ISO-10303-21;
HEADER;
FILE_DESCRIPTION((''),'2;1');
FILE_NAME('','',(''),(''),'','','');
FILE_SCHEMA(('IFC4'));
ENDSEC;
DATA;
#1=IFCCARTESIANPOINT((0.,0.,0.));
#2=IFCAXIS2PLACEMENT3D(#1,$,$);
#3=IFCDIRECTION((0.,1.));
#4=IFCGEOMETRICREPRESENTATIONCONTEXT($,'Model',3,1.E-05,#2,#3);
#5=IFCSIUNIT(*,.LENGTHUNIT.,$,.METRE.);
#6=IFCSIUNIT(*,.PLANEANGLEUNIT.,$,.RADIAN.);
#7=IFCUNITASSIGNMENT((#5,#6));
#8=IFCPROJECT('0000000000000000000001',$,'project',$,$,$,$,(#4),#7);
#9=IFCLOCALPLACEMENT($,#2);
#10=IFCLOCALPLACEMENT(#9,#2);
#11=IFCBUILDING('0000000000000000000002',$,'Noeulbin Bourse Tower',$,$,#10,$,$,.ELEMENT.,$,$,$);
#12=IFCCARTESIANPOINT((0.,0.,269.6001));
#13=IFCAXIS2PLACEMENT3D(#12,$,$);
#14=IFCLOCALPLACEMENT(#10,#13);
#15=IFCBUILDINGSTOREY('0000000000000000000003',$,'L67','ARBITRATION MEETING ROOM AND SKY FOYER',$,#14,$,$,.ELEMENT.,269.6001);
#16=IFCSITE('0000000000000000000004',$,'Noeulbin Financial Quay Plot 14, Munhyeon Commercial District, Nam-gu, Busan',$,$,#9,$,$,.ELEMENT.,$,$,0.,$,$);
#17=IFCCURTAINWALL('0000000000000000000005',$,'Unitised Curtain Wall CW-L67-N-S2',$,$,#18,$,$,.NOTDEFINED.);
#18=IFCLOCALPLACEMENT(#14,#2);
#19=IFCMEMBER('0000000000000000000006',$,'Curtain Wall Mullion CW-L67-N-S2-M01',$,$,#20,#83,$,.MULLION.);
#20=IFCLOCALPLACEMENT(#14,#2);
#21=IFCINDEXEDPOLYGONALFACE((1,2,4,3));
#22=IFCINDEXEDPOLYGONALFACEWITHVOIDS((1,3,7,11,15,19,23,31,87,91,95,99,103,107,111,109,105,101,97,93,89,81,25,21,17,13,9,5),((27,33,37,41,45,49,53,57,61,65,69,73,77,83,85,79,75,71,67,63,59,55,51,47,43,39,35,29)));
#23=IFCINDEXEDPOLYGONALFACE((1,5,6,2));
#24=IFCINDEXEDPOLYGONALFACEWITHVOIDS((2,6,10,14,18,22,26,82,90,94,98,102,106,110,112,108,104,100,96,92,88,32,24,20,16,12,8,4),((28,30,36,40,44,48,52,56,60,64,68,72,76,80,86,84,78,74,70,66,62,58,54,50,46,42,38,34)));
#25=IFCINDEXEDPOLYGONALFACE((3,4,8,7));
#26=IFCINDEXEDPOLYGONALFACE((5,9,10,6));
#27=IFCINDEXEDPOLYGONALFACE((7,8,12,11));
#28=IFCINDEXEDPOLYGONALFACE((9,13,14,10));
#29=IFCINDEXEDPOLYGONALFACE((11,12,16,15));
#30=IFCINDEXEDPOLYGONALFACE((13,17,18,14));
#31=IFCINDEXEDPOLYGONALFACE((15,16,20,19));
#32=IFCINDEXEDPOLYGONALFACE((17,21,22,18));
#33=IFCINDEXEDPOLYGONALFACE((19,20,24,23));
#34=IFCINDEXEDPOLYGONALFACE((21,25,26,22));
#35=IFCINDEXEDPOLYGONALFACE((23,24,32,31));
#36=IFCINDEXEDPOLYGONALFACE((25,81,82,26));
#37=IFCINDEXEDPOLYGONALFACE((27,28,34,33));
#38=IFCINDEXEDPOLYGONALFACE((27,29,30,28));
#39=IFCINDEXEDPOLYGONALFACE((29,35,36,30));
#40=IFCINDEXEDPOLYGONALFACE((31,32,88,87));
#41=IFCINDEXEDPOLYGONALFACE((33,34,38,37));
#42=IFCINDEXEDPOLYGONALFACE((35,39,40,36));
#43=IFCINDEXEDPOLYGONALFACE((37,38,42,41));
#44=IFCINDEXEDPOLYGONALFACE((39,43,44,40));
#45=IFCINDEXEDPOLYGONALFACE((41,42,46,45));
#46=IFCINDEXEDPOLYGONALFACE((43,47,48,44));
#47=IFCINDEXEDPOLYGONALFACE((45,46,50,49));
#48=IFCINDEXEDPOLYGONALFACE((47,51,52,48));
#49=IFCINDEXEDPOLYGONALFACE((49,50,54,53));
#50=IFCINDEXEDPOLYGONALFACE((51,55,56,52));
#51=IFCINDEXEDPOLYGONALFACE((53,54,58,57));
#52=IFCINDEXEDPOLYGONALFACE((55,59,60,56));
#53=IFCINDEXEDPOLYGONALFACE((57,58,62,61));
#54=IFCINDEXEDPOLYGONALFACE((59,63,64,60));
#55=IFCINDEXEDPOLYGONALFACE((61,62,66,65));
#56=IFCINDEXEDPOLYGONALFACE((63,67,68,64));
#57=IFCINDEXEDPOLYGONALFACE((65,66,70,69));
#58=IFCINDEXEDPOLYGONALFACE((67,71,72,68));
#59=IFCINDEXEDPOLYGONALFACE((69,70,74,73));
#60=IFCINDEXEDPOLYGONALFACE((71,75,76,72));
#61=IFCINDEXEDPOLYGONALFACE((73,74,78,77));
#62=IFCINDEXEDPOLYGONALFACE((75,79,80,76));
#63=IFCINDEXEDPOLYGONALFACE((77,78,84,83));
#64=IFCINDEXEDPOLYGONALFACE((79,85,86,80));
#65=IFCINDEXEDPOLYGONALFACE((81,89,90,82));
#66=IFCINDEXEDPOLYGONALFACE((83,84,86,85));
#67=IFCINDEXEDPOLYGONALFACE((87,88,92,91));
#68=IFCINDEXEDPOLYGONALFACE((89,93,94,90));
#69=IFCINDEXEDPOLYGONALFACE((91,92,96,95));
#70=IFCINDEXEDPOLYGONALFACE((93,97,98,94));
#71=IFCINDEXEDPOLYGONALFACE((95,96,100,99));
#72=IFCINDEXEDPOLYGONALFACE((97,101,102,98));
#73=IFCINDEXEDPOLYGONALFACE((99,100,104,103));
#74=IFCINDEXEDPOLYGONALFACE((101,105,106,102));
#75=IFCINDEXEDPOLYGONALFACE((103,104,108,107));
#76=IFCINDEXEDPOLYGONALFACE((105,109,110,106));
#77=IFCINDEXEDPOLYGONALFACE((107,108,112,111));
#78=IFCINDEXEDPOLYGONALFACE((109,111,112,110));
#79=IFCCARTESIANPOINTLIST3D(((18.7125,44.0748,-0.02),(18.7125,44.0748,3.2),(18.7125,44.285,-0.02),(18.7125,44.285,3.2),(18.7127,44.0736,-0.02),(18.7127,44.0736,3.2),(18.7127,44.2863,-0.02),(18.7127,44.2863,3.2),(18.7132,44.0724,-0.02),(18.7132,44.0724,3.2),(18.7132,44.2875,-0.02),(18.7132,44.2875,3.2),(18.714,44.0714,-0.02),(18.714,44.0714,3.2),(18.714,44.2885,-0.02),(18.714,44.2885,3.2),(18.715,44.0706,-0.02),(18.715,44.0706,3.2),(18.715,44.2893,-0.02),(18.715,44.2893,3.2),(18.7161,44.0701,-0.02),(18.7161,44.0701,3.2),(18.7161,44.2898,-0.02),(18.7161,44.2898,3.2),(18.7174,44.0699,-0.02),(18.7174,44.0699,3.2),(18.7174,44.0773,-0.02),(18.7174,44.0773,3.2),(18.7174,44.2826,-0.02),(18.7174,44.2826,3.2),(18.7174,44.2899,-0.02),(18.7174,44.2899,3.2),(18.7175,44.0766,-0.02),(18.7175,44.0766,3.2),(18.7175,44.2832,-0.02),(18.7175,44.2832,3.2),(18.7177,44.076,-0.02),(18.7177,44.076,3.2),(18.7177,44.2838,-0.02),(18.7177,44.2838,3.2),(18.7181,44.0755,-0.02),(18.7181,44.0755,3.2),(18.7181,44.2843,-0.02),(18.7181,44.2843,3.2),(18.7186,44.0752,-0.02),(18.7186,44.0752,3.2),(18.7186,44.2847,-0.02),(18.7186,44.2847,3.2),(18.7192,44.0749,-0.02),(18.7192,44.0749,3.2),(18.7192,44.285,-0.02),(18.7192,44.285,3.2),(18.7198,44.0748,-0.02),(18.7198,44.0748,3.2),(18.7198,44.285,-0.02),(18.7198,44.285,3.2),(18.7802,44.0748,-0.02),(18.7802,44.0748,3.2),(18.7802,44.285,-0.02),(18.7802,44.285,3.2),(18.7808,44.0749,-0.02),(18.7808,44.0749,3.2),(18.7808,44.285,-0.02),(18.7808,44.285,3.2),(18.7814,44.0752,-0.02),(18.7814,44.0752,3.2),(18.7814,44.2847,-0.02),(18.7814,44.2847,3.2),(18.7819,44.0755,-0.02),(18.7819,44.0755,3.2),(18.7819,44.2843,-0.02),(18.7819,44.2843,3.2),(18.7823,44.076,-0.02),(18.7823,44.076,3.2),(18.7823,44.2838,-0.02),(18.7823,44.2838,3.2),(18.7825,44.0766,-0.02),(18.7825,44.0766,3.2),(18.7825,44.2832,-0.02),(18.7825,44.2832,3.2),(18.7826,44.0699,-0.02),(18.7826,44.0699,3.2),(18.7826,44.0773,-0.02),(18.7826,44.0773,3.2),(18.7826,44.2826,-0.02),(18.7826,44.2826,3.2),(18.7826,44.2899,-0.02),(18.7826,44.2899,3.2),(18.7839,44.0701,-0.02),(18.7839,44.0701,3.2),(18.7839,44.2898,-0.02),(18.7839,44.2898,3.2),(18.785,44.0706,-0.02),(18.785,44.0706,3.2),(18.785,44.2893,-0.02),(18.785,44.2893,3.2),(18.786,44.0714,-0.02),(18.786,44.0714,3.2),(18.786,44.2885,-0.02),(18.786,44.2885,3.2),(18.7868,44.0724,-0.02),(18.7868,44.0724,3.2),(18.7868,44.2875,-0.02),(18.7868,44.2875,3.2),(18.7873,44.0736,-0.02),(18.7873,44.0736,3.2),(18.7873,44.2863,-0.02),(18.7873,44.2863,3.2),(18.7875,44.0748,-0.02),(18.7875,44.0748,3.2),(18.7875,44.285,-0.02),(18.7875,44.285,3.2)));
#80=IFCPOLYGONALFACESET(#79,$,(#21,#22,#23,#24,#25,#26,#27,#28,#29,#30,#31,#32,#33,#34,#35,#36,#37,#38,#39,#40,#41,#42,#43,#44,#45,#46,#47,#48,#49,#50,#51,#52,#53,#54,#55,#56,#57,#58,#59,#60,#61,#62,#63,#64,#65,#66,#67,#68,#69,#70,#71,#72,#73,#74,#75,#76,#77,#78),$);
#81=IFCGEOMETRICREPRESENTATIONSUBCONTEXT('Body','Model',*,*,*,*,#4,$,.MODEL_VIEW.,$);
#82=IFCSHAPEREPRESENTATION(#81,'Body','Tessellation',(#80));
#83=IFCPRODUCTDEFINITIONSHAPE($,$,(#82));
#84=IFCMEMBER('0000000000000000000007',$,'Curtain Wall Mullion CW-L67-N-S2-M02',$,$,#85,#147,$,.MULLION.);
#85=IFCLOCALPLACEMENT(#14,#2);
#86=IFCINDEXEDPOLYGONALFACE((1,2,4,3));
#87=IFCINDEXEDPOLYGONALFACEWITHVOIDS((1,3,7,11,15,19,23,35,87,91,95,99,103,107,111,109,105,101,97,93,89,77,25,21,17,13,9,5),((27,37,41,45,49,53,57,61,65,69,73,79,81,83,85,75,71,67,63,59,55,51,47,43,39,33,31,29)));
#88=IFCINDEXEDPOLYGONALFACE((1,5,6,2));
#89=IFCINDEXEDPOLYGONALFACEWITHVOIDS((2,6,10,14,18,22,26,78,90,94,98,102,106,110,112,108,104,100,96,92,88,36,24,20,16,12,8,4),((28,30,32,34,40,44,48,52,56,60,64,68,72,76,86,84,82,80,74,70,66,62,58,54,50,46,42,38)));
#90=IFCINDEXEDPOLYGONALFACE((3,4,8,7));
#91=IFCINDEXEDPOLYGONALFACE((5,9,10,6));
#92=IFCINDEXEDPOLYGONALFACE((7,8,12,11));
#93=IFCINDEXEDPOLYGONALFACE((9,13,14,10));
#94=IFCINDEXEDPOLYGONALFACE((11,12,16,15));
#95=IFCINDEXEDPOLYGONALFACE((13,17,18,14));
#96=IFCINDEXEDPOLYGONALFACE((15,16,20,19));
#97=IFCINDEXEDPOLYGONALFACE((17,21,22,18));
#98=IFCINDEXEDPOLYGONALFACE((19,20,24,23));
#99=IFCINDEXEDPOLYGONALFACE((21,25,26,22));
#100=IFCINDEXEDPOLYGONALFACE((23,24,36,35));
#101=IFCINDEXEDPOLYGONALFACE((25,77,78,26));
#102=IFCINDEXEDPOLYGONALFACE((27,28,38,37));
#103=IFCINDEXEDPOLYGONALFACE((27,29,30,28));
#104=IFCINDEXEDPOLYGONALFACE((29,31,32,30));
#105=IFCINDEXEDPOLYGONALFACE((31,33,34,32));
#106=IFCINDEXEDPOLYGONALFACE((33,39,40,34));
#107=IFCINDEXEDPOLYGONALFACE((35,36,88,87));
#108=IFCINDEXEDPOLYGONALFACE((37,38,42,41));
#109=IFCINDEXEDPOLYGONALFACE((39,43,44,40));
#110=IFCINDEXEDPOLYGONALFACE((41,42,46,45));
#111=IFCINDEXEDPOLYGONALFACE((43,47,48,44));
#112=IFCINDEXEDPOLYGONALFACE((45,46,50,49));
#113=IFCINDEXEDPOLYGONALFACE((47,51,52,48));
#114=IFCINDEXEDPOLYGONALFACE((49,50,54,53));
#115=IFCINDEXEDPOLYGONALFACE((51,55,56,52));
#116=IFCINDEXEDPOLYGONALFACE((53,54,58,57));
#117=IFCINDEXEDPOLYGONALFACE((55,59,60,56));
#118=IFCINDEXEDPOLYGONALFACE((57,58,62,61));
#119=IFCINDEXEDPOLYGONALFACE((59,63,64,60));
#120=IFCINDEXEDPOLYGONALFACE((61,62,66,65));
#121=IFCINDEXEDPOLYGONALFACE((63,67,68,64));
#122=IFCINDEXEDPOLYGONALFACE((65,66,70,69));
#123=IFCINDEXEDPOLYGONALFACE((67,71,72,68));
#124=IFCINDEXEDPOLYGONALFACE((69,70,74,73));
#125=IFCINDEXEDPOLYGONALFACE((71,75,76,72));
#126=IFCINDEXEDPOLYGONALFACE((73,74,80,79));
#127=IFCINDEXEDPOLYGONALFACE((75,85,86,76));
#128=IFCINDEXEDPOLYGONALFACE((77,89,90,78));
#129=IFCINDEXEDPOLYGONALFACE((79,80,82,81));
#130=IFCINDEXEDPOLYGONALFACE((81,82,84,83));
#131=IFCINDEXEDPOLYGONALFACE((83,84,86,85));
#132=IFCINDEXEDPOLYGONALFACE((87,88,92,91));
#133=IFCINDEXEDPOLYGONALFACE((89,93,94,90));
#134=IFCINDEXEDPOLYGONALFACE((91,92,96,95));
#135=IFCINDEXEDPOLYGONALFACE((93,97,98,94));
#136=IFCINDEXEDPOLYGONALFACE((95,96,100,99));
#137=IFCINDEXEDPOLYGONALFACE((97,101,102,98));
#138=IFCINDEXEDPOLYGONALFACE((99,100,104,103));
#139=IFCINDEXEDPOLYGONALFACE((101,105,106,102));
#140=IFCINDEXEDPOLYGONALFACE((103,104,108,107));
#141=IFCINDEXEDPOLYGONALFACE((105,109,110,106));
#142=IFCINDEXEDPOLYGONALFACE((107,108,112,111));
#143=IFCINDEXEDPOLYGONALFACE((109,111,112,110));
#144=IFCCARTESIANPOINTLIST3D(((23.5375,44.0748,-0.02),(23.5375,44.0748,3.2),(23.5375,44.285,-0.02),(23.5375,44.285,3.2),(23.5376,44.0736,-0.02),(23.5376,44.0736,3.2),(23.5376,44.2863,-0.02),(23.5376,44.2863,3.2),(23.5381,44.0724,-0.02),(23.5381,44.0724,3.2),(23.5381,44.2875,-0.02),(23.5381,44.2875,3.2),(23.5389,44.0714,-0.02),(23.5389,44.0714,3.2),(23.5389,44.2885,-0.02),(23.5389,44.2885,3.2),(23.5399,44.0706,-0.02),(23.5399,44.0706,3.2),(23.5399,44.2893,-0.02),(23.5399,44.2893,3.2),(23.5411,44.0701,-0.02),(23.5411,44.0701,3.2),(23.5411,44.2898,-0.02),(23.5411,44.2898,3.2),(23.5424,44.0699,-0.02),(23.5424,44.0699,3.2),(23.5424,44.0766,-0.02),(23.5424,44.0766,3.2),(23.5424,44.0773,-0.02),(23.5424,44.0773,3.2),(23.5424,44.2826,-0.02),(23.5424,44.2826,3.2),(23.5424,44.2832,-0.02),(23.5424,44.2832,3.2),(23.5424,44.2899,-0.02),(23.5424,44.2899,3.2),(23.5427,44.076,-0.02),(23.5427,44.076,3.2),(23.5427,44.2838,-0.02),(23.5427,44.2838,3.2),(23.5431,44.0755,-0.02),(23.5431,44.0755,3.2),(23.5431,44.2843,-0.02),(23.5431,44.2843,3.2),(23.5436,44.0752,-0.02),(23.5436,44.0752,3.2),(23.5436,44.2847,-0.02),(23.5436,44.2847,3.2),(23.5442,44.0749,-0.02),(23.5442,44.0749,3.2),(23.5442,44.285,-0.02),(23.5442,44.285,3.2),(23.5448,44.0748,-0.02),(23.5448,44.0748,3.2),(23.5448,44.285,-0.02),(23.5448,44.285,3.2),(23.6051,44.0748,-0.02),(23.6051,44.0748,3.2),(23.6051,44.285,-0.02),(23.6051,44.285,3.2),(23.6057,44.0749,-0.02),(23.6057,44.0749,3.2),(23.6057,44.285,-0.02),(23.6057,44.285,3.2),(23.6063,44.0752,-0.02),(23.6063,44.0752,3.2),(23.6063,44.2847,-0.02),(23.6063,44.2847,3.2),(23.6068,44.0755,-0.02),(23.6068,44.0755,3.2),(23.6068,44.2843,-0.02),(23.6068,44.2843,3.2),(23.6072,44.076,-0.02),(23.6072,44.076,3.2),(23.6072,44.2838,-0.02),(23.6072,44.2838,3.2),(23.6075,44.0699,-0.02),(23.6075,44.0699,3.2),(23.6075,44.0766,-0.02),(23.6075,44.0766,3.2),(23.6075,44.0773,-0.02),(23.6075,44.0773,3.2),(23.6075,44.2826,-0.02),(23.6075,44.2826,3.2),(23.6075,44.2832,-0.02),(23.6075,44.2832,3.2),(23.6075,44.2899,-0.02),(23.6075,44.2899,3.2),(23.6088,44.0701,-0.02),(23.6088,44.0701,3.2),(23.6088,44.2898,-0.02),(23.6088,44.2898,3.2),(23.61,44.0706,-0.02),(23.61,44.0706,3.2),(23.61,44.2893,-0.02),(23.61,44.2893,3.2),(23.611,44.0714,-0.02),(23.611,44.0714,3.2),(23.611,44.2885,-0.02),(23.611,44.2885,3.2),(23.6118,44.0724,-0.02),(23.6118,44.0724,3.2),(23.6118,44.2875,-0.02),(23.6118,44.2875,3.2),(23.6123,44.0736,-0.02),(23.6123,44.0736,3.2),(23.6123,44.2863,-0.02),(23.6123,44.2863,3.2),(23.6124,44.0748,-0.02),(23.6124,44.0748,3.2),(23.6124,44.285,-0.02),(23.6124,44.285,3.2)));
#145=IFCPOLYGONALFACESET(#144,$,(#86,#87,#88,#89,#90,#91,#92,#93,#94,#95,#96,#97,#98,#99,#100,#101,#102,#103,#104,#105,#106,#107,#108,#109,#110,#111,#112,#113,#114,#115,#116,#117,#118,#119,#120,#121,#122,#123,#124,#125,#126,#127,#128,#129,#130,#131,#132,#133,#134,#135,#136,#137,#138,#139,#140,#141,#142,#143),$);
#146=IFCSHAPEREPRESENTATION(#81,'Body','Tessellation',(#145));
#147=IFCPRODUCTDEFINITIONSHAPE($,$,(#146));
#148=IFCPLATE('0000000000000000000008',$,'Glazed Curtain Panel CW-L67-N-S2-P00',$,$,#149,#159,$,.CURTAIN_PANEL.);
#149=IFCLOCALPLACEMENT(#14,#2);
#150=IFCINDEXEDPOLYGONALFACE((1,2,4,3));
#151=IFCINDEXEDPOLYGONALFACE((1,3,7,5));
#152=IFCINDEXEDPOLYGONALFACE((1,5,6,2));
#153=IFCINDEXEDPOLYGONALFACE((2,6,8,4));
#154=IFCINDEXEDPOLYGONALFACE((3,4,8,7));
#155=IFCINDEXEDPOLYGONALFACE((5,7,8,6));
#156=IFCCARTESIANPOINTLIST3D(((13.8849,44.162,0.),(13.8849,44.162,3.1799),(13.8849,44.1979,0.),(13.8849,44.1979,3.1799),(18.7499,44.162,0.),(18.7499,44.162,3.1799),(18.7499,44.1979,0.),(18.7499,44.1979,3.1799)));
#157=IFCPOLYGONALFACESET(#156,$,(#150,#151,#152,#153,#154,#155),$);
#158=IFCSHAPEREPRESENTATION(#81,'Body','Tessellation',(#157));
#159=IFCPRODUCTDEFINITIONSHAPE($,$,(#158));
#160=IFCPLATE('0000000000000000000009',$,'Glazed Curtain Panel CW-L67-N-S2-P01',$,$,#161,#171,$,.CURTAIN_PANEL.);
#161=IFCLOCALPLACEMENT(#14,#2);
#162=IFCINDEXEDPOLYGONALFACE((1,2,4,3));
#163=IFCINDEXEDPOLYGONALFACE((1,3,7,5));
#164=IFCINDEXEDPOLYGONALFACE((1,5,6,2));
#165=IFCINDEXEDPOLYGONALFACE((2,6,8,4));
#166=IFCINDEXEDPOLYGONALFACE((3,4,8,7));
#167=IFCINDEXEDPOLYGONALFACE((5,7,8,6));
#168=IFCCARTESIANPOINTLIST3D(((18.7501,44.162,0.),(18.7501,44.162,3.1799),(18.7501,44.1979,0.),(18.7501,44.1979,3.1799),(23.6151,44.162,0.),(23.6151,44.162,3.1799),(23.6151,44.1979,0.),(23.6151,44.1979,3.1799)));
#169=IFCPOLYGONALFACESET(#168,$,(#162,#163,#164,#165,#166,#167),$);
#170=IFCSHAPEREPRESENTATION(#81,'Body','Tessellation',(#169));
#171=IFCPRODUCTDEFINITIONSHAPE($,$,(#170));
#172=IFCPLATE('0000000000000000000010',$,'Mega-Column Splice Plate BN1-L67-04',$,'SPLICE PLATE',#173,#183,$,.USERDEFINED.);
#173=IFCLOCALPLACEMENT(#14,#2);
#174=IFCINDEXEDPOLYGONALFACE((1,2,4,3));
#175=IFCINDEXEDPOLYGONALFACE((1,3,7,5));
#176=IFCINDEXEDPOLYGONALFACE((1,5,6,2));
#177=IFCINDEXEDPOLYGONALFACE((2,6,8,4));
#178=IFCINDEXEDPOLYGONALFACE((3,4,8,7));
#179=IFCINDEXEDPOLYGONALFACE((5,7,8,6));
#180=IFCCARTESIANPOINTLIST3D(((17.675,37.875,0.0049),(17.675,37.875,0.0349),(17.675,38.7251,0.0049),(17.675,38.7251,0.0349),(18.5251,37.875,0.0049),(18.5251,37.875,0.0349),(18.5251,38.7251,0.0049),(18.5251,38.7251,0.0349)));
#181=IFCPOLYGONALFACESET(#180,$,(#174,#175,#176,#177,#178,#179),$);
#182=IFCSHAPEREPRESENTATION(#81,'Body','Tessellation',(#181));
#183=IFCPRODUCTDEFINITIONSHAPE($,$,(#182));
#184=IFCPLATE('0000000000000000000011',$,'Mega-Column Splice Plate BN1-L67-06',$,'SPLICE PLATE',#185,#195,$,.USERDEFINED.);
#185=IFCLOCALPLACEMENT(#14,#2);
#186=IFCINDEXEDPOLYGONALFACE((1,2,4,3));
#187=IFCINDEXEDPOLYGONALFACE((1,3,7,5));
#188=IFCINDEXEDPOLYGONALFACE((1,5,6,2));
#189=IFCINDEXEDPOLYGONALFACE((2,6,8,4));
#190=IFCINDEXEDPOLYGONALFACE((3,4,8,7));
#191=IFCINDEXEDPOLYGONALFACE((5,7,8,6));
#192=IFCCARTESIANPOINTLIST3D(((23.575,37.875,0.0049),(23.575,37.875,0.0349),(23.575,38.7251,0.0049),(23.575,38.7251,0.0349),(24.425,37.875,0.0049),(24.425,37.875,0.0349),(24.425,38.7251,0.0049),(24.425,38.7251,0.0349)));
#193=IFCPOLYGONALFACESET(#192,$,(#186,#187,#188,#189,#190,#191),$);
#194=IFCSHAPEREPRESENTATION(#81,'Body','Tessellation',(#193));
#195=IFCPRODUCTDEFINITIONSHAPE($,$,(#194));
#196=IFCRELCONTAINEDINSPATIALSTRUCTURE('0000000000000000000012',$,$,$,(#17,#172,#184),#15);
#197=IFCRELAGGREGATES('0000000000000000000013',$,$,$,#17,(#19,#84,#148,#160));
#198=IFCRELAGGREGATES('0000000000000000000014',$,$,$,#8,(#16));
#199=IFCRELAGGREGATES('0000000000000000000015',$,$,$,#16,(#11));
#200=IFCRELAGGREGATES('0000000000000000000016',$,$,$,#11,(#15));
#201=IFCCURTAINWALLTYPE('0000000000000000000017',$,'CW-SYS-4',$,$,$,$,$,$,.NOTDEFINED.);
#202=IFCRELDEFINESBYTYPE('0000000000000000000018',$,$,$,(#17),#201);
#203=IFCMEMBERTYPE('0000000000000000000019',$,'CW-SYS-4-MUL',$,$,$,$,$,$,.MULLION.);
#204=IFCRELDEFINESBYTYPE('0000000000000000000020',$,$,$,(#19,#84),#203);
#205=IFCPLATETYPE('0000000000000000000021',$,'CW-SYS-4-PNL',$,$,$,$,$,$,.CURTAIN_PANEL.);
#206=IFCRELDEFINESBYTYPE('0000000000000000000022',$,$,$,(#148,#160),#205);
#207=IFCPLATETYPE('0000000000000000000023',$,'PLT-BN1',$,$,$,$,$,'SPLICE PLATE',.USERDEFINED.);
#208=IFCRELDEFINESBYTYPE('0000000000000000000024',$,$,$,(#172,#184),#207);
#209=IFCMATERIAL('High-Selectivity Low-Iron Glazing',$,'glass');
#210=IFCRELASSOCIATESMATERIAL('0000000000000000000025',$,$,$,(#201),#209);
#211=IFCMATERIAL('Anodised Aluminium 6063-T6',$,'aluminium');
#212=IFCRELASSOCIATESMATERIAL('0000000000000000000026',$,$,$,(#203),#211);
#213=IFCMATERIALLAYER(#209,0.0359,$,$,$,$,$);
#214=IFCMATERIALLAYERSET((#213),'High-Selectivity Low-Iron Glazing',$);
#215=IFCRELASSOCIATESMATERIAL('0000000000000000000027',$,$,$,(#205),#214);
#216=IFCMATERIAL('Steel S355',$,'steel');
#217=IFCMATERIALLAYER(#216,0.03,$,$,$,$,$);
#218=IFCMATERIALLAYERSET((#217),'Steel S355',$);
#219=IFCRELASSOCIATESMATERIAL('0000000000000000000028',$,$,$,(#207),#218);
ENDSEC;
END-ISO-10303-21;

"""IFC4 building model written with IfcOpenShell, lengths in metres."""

from ifc_helpers import new_model, si_unit, direction, frame, origin, origin_2d, place, context, subcontext, project, spatial, rectangle, hollow_rectangle, extrude, material, layer, layer_set, material_profile, profile_set, type_object, element, aggregate, save


model = new_model("IFC4")

# Units and contexts
model_context = context("Model", 3, precision=1e-05, world=origin(), true_north=direction((0.0, 1.0)))
body_context = subcontext(model_context, "Body", "Model", "MODEL_VIEW")
ifc_project = project(units=[si_unit("LENGTHUNIT", "METRE"), si_unit("PLANEANGLEUNIT", "RADIAN")], contexts=[model_context])

# Site, building, storey
site_placement = place(None, origin())
site = spatial("IfcSite", under=ifc_project, at=site_placement, Name="Noeulbin Financial Quay Plot 14, Munhyeon Commercial District, Nam-gu, Busan", CompositionType="ELEMENT", RefElevation=0.0)
building_placement = place(site_placement, origin())
building = spatial("IfcBuilding", under=site, at=building_placement, Name="Noeulbin Bourse Tower", CompositionType="ELEMENT")
storey_placement = place(building_placement, frame((0.0, 0.0, 269.6001)))
storey = spatial("IfcBuildingStorey", under=building, at=storey_placement, Name="L67", Description="ARBITRATION MEETING ROOM AND SKY FOYER", CompositionType="ELEMENT", Elevation=269.6001)

# Shared definitions
ifc_material_1 = material(Name="Steel S355", Category="steel")

# Curtain wall, members, plates
ifc_material_2 = material(Name="High-Selectivity Low-Iron Glazing", Category="glass")
curtain_wall_type = type_object("IfcCurtainWallType", Name="CW-SYS-4", PredefinedType="NOTDEFINED", material=ifc_material_2)
curtain_wall_placement = place(storey_placement, origin())
curtain_wall = element("IfcCurtainWall", 1, at=curtain_wall_placement, inside=storey, type_object=curtain_wall_type, Name="Unitised Curtain Wall CW-L67-N-S2", PredefinedType="NOTDEFINED")
ifc_material_3 = material(Name="Anodised Aluminium 6063-T6", Category="aluminium")
ifc_material_profile_1 = material_profile(ifc_material_3, hollow_rectangle(XDim=0.075, YDim=0.22, WallThickness=0.0049, InnerFilletRadius=0.0024, OuterFilletRadius=0.0049, at=origin_2d()), Name="ALU-MULL-75x220x5", Category="LoadBearing")
ifc_profile_set_1 = profile_set([ifc_material_profile_1], Name="Anodised Aluminium 6063-T6")
member_type = type_object("IfcMemberType", Name="CW-SYS-4-MUL", PredefinedType="MULLION", material=ifc_profile_set_1)
member_1_placement = place(storey_placement, frame((18.75, 44.1799, -0.02), z_axis=(0.0, 0.0, 1.0), x_axis=(1.0, 0.0, 0.0)))
member_1 = element("IfcMember", 2, at=member_1_placement, type_object=member_type, Name="Curtain Wall Mullion CW-L67-N-S2-M01", PredefinedType="MULLION", context=body_context, shape_type="SweptSolid", body=[
    extrude(hollow_rectangle(XDim=0.075, YDim=0.22, WallThickness=0.0049, InnerFilletRadius=0.0024, OuterFilletRadius=0.0049, at=origin_2d()), origin(), (0.0, 0.0, 1.0), 3.22),
])
member_2_placement = place(storey_placement, frame((23.575, 44.1799, -0.02), z_axis=(0.0, 0.0, 1.0), x_axis=(1.0, 0.0, 0.0)))
member_2 = element("IfcMember", 3, at=member_2_placement, type_object=member_type, Name="Curtain Wall Mullion CW-L67-N-S2-M02", PredefinedType="MULLION", context=body_context, shape_type="SweptSolid", body=[
    extrude(hollow_rectangle(XDim=0.075, YDim=0.22, WallThickness=0.0049, InnerFilletRadius=0.0024, OuterFilletRadius=0.0049, at=origin_2d()), origin(), (0.0, 0.0, 1.0), 3.22),
])
ifc_layer_1 = layer(ifc_material_2, 0.0359)
ifc_layer_set_1 = layer_set([ifc_layer_1], Name="High-Selectivity Low-Iron Glazing")
plate_type_1 = type_object("IfcPlateType", Name="CW-SYS-4-PNL", PredefinedType="CURTAIN_PANEL", material=ifc_layer_set_1)
plate_1_placement = place(storey_placement, frame((16.3174, 44.1799, 0.0), z_axis=(0.0, 0.0, 1.0), x_axis=(1.0, 0.0, 0.0)))
plate_1 = element("IfcPlate", 4, at=plate_1_placement, type_object=plate_type_1, Name="Glazed Curtain Panel CW-L67-N-S2-P00", PredefinedType="CURTAIN_PANEL", context=body_context, shape_type="SweptSolid", body=[
    extrude(rectangle(XDim=4.865, YDim=0.0359, at=origin_2d()), origin(), (0.0, 0.0, 1.0), 3.1799),
])
plate_2_placement = place(storey_placement, frame((21.1826, 44.1799, 0.0), z_axis=(0.0, 0.0, 1.0), x_axis=(1.0, 0.0, 0.0)))
plate_2 = element("IfcPlate", 5, at=plate_2_placement, type_object=plate_type_1, Name="Glazed Curtain Panel CW-L67-N-S2-P01", PredefinedType="CURTAIN_PANEL", context=body_context, shape_type="SweptSolid", body=[
    extrude(rectangle(XDim=4.865, YDim=0.0359, at=origin_2d()), origin(), (0.0, 0.0, 1.0), 3.1799),
])
aggregate(curtain_wall, [member_1, member_2, plate_1, plate_2])

# Plates
ifc_layer_2 = layer(ifc_material_1, 0.03)
ifc_layer_set_2 = layer_set([ifc_layer_2], Name="Steel S355")
plate_type_2 = type_object("IfcPlateType", Name="PLT-BN1", ElementType="SPLICE PLATE", PredefinedType="USERDEFINED", material=ifc_layer_set_2)
for number, where, z_axis, x_axis, name in (
    (6, (18.1001, 38.3, 0.0049), (0.0, 0.0, 1.0), (1.0, 0.0, 0.0), "Mega-Column Splice Plate BN1-L67-04"),
    (7, (24.0, 38.3, 0.0049), (0.0, 0.0, 1.0), (1.0, 0.0, 0.0), "Mega-Column Splice Plate BN1-L67-06"),
):
    element("IfcPlate", number, at=place(storey_placement, frame(where, z_axis=z_axis, x_axis=x_axis)), inside=storey, type_object=plate_type_2, Name=name, ObjectType="SPLICE PLATE", PredefinedType="USERDEFINED", context=body_context, shape_type="SweptSolid", body=[
        extrude(rectangle(XDim=0.8501, YDim=0.8501, at=origin_2d()), origin(), (0.0, 0.0, 1.0), 0.03),
    ])

save(model, "model.ifc")
